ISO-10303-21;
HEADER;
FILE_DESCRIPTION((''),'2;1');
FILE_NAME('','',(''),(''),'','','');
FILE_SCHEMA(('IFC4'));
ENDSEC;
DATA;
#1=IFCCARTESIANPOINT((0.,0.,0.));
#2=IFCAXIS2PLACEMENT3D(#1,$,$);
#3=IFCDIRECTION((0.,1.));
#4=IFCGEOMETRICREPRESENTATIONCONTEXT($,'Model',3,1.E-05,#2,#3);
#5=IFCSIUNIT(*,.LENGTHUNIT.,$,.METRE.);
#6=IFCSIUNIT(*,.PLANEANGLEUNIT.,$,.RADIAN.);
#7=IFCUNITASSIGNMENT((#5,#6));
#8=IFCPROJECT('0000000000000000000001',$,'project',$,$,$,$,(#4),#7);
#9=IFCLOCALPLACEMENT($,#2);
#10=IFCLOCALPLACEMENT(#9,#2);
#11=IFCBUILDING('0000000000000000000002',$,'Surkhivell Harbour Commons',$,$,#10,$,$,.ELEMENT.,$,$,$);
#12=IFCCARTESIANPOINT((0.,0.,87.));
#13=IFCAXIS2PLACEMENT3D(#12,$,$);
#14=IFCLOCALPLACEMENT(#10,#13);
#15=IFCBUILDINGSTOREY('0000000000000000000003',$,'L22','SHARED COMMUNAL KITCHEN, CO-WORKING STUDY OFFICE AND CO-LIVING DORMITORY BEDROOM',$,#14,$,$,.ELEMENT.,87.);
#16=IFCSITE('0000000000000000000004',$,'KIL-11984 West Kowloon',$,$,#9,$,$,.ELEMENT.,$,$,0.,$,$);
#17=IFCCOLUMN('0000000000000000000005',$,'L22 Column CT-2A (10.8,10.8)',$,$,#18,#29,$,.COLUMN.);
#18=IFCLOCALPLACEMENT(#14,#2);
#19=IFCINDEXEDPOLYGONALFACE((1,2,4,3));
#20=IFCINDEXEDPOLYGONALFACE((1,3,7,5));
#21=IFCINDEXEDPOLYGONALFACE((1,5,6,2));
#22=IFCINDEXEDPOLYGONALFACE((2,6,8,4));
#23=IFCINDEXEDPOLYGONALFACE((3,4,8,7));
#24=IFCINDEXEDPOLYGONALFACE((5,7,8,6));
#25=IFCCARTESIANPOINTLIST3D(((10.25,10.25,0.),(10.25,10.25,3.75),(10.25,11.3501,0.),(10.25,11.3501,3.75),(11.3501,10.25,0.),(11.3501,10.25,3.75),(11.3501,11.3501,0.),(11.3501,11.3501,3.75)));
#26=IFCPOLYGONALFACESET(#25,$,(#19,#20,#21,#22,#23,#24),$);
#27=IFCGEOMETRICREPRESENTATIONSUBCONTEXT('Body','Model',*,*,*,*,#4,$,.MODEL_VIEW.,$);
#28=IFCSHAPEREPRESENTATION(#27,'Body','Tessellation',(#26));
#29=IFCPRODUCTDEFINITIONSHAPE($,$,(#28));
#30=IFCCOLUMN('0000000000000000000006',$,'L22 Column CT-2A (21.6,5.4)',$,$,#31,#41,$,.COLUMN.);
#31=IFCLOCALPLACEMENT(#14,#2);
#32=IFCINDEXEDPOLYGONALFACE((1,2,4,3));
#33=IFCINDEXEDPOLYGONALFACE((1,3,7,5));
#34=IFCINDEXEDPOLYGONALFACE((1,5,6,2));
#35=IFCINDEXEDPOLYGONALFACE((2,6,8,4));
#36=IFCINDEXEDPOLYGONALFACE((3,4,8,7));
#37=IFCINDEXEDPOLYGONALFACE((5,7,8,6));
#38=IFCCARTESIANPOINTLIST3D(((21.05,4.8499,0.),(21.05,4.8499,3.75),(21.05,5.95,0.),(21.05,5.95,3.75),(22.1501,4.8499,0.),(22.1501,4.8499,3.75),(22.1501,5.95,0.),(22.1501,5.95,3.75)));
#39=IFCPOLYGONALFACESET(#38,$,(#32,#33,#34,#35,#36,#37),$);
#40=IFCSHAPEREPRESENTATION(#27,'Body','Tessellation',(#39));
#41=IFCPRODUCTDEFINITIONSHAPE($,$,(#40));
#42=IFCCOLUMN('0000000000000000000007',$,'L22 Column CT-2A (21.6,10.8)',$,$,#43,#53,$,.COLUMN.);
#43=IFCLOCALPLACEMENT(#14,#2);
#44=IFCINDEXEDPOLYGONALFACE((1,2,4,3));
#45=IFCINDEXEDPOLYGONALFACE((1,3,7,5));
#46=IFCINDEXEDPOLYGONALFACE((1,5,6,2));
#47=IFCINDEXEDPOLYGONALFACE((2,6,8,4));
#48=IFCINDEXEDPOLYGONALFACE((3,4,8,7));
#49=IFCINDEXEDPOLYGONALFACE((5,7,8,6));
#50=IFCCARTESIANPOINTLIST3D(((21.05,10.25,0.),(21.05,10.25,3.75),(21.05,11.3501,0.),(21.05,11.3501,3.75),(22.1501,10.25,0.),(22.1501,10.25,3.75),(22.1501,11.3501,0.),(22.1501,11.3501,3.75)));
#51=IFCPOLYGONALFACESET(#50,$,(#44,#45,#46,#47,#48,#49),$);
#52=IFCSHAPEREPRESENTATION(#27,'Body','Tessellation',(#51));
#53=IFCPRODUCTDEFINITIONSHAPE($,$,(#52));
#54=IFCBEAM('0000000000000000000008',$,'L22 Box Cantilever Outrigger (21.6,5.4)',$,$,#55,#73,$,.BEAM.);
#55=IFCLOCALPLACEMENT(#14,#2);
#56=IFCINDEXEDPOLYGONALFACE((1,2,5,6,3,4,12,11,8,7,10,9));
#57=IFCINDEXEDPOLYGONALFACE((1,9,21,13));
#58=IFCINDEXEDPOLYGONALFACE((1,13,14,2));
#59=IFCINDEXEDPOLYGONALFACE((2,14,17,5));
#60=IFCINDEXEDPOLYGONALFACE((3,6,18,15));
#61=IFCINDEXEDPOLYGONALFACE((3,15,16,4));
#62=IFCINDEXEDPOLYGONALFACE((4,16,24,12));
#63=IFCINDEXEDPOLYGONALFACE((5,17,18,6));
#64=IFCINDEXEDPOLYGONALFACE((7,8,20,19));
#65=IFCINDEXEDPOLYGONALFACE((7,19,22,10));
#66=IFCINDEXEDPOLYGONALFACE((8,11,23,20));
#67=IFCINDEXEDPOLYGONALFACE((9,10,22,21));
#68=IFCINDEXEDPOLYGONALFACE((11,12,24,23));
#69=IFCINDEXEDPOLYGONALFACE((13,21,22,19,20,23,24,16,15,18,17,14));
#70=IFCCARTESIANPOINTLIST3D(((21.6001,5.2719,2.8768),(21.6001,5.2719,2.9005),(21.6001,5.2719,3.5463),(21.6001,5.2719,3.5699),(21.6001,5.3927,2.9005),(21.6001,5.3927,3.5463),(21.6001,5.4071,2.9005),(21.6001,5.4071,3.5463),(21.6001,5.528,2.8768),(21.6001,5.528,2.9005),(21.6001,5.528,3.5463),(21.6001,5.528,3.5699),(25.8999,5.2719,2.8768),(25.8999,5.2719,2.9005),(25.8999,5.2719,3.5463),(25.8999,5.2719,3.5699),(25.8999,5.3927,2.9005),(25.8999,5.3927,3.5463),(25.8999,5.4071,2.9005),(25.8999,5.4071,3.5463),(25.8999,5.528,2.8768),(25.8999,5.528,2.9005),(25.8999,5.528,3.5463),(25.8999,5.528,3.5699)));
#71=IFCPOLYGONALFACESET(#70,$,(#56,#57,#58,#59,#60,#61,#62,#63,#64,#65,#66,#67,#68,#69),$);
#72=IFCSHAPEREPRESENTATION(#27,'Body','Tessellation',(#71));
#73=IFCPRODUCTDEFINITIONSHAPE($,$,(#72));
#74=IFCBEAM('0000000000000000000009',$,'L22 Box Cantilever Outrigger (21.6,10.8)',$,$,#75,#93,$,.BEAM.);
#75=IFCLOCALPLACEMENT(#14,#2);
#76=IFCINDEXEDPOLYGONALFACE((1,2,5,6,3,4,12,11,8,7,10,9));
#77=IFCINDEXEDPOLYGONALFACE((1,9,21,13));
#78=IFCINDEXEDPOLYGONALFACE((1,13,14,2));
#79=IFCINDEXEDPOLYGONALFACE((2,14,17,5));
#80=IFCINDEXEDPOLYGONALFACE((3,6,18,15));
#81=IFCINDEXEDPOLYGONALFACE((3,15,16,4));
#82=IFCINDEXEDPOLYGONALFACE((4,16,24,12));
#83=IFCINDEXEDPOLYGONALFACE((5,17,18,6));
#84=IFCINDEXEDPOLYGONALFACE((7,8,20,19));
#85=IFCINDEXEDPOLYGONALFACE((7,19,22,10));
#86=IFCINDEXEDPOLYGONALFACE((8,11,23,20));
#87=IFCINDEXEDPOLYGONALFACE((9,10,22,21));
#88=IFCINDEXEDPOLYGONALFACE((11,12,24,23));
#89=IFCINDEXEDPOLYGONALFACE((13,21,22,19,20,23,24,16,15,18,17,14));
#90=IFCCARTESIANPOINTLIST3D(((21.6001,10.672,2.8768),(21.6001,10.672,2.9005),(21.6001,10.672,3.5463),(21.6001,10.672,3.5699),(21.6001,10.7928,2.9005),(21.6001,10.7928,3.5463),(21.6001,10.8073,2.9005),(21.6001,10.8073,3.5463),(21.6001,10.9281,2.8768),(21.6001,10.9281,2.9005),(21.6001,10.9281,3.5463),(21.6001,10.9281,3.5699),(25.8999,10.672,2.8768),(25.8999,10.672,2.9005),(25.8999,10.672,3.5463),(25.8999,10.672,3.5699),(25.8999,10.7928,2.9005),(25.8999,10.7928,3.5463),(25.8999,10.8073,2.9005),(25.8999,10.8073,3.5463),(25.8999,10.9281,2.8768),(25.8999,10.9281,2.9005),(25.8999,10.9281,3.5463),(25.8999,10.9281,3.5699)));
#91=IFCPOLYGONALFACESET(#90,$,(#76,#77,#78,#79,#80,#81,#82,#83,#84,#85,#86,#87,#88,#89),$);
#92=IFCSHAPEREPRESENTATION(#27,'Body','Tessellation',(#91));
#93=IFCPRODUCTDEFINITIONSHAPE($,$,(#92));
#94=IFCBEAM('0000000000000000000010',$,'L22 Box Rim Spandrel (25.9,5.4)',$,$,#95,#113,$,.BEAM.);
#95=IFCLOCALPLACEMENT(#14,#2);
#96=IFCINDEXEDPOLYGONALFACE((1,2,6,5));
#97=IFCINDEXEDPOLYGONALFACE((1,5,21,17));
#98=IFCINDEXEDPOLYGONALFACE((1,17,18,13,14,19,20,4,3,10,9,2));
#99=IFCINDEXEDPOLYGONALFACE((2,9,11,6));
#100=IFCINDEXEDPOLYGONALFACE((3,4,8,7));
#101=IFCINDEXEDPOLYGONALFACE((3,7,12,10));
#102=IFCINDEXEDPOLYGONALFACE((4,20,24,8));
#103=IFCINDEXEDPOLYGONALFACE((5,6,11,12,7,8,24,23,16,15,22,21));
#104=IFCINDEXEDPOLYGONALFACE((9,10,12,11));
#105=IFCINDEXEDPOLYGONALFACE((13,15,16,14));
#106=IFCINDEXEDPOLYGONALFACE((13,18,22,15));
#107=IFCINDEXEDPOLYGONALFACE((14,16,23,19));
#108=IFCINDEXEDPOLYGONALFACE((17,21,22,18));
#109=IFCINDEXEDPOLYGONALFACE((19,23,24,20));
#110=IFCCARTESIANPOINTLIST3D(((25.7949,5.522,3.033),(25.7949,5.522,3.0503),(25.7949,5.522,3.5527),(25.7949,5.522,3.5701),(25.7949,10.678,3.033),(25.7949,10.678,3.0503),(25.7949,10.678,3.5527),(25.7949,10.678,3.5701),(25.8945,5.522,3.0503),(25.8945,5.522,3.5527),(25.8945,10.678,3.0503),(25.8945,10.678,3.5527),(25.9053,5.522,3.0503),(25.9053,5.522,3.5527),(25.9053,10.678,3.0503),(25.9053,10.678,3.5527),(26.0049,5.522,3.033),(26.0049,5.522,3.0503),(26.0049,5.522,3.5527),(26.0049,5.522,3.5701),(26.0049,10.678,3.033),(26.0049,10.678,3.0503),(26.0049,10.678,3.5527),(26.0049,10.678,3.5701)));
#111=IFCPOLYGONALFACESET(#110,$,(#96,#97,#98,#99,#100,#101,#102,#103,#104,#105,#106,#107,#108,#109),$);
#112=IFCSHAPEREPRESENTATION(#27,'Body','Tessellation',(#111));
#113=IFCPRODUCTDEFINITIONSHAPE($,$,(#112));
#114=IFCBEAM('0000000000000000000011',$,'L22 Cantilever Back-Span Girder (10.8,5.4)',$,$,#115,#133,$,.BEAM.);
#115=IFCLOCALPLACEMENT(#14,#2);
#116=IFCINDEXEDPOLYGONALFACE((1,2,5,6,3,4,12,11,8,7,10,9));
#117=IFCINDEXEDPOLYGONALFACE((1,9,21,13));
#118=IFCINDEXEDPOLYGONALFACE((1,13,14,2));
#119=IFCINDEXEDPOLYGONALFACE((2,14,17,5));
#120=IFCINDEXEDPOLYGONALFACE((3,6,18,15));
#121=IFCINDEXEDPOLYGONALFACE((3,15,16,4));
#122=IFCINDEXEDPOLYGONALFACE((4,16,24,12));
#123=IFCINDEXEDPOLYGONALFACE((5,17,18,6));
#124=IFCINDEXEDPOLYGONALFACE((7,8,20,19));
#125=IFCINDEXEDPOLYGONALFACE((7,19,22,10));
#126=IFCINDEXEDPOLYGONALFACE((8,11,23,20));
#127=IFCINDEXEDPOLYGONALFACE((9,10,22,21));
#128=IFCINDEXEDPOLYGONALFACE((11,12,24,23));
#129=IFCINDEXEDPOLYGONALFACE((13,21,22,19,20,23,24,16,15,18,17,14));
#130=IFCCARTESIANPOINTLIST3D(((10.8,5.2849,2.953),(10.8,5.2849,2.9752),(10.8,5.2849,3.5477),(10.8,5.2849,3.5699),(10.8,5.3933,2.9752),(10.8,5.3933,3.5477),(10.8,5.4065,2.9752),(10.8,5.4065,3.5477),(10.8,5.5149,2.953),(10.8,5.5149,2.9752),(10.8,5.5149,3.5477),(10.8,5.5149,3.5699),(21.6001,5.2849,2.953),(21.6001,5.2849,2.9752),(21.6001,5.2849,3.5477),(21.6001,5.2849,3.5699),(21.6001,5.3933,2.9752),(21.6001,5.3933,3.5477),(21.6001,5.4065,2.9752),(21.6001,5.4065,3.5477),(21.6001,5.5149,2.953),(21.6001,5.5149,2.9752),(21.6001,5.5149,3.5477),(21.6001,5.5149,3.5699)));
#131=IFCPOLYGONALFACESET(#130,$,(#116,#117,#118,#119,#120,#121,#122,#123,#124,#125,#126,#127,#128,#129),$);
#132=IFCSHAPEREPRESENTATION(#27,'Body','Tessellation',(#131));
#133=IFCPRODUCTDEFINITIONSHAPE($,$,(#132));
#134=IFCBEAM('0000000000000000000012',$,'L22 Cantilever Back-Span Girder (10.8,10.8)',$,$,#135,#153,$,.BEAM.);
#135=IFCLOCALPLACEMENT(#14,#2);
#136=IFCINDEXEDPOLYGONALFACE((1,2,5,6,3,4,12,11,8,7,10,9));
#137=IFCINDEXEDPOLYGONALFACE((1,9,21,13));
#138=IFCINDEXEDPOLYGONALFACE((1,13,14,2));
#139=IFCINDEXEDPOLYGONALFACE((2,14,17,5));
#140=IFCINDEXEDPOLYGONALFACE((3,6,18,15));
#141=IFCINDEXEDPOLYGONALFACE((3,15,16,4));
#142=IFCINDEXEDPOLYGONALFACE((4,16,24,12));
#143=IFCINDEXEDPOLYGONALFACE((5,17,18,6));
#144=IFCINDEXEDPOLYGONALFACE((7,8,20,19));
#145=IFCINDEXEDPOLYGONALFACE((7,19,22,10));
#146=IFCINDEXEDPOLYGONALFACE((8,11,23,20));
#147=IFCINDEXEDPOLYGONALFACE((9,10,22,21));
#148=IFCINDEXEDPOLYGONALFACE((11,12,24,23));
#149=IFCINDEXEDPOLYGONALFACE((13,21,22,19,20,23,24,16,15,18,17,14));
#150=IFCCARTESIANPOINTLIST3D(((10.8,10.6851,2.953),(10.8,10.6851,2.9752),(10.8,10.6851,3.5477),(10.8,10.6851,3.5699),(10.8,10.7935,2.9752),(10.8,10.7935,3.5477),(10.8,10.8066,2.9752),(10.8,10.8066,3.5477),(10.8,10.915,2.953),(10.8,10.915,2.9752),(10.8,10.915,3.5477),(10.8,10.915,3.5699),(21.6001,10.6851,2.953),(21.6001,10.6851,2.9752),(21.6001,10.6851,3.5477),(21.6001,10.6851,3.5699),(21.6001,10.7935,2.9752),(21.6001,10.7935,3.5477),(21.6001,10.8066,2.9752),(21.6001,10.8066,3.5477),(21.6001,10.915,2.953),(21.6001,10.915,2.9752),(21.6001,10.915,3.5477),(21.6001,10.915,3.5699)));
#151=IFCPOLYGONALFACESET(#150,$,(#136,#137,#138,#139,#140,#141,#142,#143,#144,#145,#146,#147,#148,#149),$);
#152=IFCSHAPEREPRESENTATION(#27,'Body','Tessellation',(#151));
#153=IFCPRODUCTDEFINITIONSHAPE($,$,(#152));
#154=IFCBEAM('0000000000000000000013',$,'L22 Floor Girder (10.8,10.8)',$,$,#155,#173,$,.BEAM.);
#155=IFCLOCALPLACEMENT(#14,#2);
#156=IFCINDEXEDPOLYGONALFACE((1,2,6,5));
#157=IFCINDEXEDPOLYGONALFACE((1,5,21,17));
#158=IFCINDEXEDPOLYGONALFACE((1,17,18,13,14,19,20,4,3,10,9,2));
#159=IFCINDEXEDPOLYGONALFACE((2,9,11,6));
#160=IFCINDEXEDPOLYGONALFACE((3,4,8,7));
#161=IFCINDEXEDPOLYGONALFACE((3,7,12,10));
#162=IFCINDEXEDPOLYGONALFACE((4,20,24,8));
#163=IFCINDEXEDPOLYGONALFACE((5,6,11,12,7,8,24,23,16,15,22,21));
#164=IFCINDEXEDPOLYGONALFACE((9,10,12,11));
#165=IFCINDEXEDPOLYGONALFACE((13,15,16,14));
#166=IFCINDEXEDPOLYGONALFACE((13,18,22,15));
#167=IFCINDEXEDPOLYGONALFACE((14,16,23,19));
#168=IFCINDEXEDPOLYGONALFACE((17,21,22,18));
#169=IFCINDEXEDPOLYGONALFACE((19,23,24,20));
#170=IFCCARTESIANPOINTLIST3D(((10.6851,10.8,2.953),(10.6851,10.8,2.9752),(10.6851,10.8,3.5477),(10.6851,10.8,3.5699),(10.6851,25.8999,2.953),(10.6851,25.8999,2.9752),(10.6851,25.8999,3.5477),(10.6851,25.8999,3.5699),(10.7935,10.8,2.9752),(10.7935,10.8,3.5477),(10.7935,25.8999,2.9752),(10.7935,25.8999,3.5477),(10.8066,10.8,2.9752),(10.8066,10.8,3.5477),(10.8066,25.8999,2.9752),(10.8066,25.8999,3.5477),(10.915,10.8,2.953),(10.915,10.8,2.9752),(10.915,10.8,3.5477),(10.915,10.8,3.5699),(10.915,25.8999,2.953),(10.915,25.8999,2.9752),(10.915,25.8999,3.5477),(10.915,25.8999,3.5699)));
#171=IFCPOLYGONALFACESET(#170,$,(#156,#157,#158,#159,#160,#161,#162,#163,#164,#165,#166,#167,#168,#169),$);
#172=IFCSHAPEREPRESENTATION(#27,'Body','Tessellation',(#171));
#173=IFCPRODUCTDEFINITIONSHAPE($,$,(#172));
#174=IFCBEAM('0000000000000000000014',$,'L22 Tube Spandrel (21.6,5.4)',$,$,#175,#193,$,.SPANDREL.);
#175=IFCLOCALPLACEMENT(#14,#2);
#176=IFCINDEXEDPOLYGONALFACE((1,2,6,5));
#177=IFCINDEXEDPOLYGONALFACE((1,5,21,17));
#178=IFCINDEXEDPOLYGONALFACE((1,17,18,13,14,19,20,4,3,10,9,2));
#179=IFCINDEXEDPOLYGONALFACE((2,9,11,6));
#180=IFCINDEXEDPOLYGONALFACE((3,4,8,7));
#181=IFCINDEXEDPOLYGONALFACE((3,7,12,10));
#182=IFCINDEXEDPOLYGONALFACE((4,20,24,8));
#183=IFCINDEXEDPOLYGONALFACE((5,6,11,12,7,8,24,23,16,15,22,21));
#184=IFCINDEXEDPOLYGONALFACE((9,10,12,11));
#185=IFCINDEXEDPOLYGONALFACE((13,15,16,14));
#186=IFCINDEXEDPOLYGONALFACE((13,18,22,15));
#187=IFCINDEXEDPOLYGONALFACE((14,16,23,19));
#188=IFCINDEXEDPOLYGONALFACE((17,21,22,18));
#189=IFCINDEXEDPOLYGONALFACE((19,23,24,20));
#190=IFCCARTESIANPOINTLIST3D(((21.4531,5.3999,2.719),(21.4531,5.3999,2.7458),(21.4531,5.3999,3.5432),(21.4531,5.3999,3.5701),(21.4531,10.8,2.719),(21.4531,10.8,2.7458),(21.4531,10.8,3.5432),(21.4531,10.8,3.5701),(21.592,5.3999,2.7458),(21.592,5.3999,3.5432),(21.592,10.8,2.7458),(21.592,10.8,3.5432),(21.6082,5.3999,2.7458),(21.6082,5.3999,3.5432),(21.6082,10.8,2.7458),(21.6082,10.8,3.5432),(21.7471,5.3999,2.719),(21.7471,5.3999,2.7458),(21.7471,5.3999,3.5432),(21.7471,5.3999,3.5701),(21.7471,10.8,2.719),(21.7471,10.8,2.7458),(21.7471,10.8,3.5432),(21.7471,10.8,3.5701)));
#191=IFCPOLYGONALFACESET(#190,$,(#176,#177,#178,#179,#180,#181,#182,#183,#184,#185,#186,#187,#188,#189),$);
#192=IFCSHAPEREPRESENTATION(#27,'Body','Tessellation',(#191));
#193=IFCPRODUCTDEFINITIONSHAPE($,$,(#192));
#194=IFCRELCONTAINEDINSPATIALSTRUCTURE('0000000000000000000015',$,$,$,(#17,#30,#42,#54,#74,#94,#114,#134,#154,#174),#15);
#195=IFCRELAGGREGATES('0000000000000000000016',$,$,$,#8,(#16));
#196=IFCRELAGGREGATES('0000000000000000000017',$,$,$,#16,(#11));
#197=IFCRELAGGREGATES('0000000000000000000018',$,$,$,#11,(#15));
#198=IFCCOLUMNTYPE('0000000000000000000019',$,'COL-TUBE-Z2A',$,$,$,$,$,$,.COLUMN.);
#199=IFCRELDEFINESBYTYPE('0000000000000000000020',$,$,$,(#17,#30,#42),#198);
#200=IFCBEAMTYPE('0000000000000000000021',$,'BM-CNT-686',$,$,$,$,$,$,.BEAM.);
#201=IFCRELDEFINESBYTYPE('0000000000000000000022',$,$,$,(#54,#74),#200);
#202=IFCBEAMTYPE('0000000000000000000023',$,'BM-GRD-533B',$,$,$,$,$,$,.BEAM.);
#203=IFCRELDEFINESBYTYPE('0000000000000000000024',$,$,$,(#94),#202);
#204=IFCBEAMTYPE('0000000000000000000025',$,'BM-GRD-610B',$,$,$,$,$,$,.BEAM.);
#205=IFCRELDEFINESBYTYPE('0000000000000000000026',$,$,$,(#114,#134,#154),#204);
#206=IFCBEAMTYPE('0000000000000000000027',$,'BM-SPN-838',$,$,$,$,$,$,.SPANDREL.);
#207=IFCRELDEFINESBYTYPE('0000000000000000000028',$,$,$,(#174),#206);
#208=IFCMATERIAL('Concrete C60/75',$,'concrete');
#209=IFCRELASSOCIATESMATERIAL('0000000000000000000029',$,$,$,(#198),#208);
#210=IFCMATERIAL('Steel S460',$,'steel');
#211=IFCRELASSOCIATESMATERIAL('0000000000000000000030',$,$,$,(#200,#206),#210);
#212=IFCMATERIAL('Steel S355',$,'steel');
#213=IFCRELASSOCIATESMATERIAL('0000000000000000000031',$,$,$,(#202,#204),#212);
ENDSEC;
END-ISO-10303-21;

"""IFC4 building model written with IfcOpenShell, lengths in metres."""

from ifc_helpers import new_model, si_unit, direction, frame, origin, origin_2d, place, context, subcontext, project, spatial, rectangle, i_section, extrude, material, material_profile, profile_set, type_object, element, save


model = new_model("IFC4")

# Units and contexts
model_context = context("Model", 3, precision=1e-05, world=origin(), true_north=direction((0.0, 1.0)))
body_context = subcontext(model_context, "Body", "Model", "MODEL_VIEW")
ifc_project = project(units=[si_unit("LENGTHUNIT", "METRE"), si_unit("PLANEANGLEUNIT", "RADIAN")], contexts=[model_context])

# Site, building, storey
site_placement = place(None, origin())
site = spatial("IfcSite", under=ifc_project, at=site_placement, Name="KIL-11984 West Kowloon", CompositionType="ELEMENT", RefElevation=0.0)
building_placement = place(site_placement, origin())
building = spatial("IfcBuilding", under=site, at=building_placement, Name="Surkhivell Harbour Commons", CompositionType="ELEMENT")
storey_placement = place(building_placement, frame((0.0, 0.0, 87.0)))
storey = spatial("IfcBuildingStorey", under=building, at=storey_placement, Name="L22", Description="SHARED COMMUNAL KITCHEN, CO-WORKING STUDY OFFICE AND CO-LIVING DORMITORY BEDROOM", CompositionType="ELEMENT", Elevation=87.0)

# Columns
ifc_material_1 = material(Name="Concrete C60/75", Category="concrete")
ifc_material_profile_1 = material_profile(ifc_material_1, rectangle(XDim=1.1001, YDim=1.1001, at=origin_2d()), Name="RC-COL-1100x1100")
ifc_profile_set_1 = profile_set([ifc_material_profile_1], Name="Concrete C60/75")
column_type = type_object("IfcColumnType", Name="COL-TUBE-Z2A", PredefinedType="COLUMN", material=ifc_profile_set_1)
for number, where, z_axis, x_axis, name in (
    (1, (10.8, 10.8, 0.0), (0.0, 0.0, 1.0), (1.0, 0.0, 0.0), "L22 Column CT-2A (10.8,10.8)"),
    (2, (21.6001, 5.3999, 0.0), (0.0, 0.0, 1.0), (1.0, 0.0, 0.0), "L22 Column CT-2A (21.6,5.4)"),
    (3, (21.6001, 10.8, 0.0), (0.0, 0.0, 1.0), (1.0, 0.0, 0.0), "L22 Column CT-2A (21.6,10.8)"),
):
    element("IfcColumn", number, at=place(storey_placement, frame(where, z_axis=z_axis, x_axis=x_axis)), inside=storey, type_object=column_type, Name=name, PredefinedType="COLUMN", context=body_context, shape_type="SweptSolid", body=[
        extrude(rectangle(XDim=1.1001, YDim=1.1001, at=origin_2d()), origin(), (0.0, 0.0, 1.0), 3.75),
    ])

# Beams
ifc_material_2 = material(Name="Steel S460", Category="steel")
ifc_material_profile_2 = material_profile(ifc_material_2, i_section(OverallWidth=0.2561, OverallDepth=0.6931, WebThickness=0.0144, FlangeThickness=0.0237, at=origin_2d()), Name="UB686x254x170")
ifc_profile_set_2 = profile_set([ifc_material_profile_2], Name="Steel S460")
beam_type_1 = type_object("IfcBeamType", Name="BM-CNT-686", PredefinedType="BEAM", material=ifc_profile_set_2)
for number, where, z_axis, x_axis, name in (
    (4, (21.6001, 5.3999, 3.2234), (1.0, 0.0, 0.0), (0.0, 1.0, 0.0), "L22 Box Cantilever Outrigger (21.6,5.4)"),
    (5, (21.6001, 10.8, 3.2234), (1.0, 0.0, 0.0), (0.0, 1.0, 0.0), "L22 Box Cantilever Outrigger (21.6,10.8)"),
):
    element("IfcBeam", number, at=place(storey_placement, frame(where, z_axis=z_axis, x_axis=x_axis)), inside=storey, type_object=beam_type_1, Name=name, PredefinedType="BEAM", context=body_context, shape_type="SweptSolid", body=[
        extrude(i_section(OverallWidth=0.2561, OverallDepth=0.6931, WebThickness=0.0144, FlangeThickness=0.0237, at=origin_2d()), origin(), (0.0, 0.0, 1.0), 4.2998),
    ])
ifc_material_3 = material(Name="Steel S355", Category="steel")
ifc_material_profile_3 = material_profile(ifc_material_3, i_section(OverallWidth=0.21, OverallDepth=0.5371, WebThickness=0.0107, FlangeThickness=0.0173, at=origin_2d()), Name="UB533x210x101")
ifc_profile_set_3 = profile_set([ifc_material_profile_3], Name="Steel S355")
beam_type_2 = type_object("IfcBeamType", Name="BM-GRD-533B", PredefinedType="BEAM", material=ifc_profile_set_3)
beam_1_placement = place(storey_placement, frame((25.8999, 5.522, 3.3015), z_axis=(0.0, 1.0, 0.0), x_axis=(-1.0, 0.0, 0.0)))
element("IfcBeam", 6, at=beam_1_placement, inside=storey, type_object=beam_type_2, Name="L22 Box Rim Spandrel (25.9,5.4)", PredefinedType="BEAM", context=body_context, shape_type="SweptSolid", body=[
    extrude(i_section(OverallWidth=0.21, OverallDepth=0.5371, WebThickness=0.0107, FlangeThickness=0.0173, at=origin_2d()), origin(), (0.0, 0.0, 1.0), 5.156),
])
ifc_material_profile_4 = material_profile(ifc_material_3, i_section(OverallWidth=0.23, OverallDepth=0.6169, WebThickness=0.0132, FlangeThickness=0.0222, at=origin_2d()), Name="UB610x229x140")
ifc_profile_set_4 = profile_set([ifc_material_profile_4], Name="Steel S355")
beam_type_3 = type_object("IfcBeamType", Name="BM-GRD-610B", PredefinedType="BEAM", material=ifc_profile_set_4)
for number, where, z_axis, x_axis, name in (
    (7, (10.8, 5.3999, 3.2615), (1.0, 0.0, 0.0), (0.0, 1.0, 0.0), "L22 Cantilever Back-Span Girder (10.8,5.4)"),
    (8, (10.8, 10.8, 3.2615), (1.0, 0.0, 0.0), (0.0, 1.0, 0.0), "L22 Cantilever Back-Span Girder (10.8,10.8)"),
):
    element("IfcBeam", number, at=place(storey_placement, frame(where, z_axis=z_axis, x_axis=x_axis)), inside=storey, type_object=beam_type_3, Name=name, PredefinedType="BEAM", context=body_context, shape_type="SweptSolid", body=[
        extrude(i_section(OverallWidth=0.23, OverallDepth=0.6169, WebThickness=0.0132, FlangeThickness=0.0222, at=origin_2d()), origin(), (0.0, 0.0, 1.0), 10.8),
    ])
beam_2_placement = place(storey_placement, frame((10.8, 10.8, 3.2615), z_axis=(0.0, 1.0, 0.0), x_axis=(-1.0, 0.0, 0.0)))
element("IfcBeam", 9, at=beam_2_placement, inside=storey, type_object=beam_type_3, Name="L22 Floor Girder (10.8,10.8)", PredefinedType="BEAM", context=body_context, shape_type="SweptSolid", body=[
    extrude(i_section(OverallWidth=0.23, OverallDepth=0.6169, WebThickness=0.0132, FlangeThickness=0.0222, at=origin_2d()), origin(), (0.0, 0.0, 1.0), 15.0999),
])
ifc_material_profile_5 = material_profile(ifc_material_2, i_section(OverallWidth=0.2939, OverallDepth=0.8511, WebThickness=0.0161, FlangeThickness=0.0269, at=origin_2d()), Name="UB838x292x226")
ifc_profile_set_5 = profile_set([ifc_material_profile_5], Name="Steel S460")
beam_type_4 = type_object("IfcBeamType", Name="BM-SPN-838", PredefinedType="SPANDREL", material=ifc_profile_set_5)
beam_3_placement = place(storey_placement, frame((21.6001, 5.3999, 3.1445), z_axis=(0.0, 1.0, 0.0), x_axis=(-1.0, 0.0, 0.0)))
element("IfcBeam", 10, at=beam_3_placement, inside=storey, type_object=beam_type_4, Name="L22 Tube Spandrel (21.6,5.4)", PredefinedType="SPANDREL", context=body_context, shape_type="SweptSolid", body=[
    extrude(i_section(OverallWidth=0.2939, OverallDepth=0.8511, WebThickness=0.0161, FlangeThickness=0.0269, at=origin_2d()), origin(), (0.0, 0.0, 1.0), 5.4001),
])

save(model, "model.ifc")
